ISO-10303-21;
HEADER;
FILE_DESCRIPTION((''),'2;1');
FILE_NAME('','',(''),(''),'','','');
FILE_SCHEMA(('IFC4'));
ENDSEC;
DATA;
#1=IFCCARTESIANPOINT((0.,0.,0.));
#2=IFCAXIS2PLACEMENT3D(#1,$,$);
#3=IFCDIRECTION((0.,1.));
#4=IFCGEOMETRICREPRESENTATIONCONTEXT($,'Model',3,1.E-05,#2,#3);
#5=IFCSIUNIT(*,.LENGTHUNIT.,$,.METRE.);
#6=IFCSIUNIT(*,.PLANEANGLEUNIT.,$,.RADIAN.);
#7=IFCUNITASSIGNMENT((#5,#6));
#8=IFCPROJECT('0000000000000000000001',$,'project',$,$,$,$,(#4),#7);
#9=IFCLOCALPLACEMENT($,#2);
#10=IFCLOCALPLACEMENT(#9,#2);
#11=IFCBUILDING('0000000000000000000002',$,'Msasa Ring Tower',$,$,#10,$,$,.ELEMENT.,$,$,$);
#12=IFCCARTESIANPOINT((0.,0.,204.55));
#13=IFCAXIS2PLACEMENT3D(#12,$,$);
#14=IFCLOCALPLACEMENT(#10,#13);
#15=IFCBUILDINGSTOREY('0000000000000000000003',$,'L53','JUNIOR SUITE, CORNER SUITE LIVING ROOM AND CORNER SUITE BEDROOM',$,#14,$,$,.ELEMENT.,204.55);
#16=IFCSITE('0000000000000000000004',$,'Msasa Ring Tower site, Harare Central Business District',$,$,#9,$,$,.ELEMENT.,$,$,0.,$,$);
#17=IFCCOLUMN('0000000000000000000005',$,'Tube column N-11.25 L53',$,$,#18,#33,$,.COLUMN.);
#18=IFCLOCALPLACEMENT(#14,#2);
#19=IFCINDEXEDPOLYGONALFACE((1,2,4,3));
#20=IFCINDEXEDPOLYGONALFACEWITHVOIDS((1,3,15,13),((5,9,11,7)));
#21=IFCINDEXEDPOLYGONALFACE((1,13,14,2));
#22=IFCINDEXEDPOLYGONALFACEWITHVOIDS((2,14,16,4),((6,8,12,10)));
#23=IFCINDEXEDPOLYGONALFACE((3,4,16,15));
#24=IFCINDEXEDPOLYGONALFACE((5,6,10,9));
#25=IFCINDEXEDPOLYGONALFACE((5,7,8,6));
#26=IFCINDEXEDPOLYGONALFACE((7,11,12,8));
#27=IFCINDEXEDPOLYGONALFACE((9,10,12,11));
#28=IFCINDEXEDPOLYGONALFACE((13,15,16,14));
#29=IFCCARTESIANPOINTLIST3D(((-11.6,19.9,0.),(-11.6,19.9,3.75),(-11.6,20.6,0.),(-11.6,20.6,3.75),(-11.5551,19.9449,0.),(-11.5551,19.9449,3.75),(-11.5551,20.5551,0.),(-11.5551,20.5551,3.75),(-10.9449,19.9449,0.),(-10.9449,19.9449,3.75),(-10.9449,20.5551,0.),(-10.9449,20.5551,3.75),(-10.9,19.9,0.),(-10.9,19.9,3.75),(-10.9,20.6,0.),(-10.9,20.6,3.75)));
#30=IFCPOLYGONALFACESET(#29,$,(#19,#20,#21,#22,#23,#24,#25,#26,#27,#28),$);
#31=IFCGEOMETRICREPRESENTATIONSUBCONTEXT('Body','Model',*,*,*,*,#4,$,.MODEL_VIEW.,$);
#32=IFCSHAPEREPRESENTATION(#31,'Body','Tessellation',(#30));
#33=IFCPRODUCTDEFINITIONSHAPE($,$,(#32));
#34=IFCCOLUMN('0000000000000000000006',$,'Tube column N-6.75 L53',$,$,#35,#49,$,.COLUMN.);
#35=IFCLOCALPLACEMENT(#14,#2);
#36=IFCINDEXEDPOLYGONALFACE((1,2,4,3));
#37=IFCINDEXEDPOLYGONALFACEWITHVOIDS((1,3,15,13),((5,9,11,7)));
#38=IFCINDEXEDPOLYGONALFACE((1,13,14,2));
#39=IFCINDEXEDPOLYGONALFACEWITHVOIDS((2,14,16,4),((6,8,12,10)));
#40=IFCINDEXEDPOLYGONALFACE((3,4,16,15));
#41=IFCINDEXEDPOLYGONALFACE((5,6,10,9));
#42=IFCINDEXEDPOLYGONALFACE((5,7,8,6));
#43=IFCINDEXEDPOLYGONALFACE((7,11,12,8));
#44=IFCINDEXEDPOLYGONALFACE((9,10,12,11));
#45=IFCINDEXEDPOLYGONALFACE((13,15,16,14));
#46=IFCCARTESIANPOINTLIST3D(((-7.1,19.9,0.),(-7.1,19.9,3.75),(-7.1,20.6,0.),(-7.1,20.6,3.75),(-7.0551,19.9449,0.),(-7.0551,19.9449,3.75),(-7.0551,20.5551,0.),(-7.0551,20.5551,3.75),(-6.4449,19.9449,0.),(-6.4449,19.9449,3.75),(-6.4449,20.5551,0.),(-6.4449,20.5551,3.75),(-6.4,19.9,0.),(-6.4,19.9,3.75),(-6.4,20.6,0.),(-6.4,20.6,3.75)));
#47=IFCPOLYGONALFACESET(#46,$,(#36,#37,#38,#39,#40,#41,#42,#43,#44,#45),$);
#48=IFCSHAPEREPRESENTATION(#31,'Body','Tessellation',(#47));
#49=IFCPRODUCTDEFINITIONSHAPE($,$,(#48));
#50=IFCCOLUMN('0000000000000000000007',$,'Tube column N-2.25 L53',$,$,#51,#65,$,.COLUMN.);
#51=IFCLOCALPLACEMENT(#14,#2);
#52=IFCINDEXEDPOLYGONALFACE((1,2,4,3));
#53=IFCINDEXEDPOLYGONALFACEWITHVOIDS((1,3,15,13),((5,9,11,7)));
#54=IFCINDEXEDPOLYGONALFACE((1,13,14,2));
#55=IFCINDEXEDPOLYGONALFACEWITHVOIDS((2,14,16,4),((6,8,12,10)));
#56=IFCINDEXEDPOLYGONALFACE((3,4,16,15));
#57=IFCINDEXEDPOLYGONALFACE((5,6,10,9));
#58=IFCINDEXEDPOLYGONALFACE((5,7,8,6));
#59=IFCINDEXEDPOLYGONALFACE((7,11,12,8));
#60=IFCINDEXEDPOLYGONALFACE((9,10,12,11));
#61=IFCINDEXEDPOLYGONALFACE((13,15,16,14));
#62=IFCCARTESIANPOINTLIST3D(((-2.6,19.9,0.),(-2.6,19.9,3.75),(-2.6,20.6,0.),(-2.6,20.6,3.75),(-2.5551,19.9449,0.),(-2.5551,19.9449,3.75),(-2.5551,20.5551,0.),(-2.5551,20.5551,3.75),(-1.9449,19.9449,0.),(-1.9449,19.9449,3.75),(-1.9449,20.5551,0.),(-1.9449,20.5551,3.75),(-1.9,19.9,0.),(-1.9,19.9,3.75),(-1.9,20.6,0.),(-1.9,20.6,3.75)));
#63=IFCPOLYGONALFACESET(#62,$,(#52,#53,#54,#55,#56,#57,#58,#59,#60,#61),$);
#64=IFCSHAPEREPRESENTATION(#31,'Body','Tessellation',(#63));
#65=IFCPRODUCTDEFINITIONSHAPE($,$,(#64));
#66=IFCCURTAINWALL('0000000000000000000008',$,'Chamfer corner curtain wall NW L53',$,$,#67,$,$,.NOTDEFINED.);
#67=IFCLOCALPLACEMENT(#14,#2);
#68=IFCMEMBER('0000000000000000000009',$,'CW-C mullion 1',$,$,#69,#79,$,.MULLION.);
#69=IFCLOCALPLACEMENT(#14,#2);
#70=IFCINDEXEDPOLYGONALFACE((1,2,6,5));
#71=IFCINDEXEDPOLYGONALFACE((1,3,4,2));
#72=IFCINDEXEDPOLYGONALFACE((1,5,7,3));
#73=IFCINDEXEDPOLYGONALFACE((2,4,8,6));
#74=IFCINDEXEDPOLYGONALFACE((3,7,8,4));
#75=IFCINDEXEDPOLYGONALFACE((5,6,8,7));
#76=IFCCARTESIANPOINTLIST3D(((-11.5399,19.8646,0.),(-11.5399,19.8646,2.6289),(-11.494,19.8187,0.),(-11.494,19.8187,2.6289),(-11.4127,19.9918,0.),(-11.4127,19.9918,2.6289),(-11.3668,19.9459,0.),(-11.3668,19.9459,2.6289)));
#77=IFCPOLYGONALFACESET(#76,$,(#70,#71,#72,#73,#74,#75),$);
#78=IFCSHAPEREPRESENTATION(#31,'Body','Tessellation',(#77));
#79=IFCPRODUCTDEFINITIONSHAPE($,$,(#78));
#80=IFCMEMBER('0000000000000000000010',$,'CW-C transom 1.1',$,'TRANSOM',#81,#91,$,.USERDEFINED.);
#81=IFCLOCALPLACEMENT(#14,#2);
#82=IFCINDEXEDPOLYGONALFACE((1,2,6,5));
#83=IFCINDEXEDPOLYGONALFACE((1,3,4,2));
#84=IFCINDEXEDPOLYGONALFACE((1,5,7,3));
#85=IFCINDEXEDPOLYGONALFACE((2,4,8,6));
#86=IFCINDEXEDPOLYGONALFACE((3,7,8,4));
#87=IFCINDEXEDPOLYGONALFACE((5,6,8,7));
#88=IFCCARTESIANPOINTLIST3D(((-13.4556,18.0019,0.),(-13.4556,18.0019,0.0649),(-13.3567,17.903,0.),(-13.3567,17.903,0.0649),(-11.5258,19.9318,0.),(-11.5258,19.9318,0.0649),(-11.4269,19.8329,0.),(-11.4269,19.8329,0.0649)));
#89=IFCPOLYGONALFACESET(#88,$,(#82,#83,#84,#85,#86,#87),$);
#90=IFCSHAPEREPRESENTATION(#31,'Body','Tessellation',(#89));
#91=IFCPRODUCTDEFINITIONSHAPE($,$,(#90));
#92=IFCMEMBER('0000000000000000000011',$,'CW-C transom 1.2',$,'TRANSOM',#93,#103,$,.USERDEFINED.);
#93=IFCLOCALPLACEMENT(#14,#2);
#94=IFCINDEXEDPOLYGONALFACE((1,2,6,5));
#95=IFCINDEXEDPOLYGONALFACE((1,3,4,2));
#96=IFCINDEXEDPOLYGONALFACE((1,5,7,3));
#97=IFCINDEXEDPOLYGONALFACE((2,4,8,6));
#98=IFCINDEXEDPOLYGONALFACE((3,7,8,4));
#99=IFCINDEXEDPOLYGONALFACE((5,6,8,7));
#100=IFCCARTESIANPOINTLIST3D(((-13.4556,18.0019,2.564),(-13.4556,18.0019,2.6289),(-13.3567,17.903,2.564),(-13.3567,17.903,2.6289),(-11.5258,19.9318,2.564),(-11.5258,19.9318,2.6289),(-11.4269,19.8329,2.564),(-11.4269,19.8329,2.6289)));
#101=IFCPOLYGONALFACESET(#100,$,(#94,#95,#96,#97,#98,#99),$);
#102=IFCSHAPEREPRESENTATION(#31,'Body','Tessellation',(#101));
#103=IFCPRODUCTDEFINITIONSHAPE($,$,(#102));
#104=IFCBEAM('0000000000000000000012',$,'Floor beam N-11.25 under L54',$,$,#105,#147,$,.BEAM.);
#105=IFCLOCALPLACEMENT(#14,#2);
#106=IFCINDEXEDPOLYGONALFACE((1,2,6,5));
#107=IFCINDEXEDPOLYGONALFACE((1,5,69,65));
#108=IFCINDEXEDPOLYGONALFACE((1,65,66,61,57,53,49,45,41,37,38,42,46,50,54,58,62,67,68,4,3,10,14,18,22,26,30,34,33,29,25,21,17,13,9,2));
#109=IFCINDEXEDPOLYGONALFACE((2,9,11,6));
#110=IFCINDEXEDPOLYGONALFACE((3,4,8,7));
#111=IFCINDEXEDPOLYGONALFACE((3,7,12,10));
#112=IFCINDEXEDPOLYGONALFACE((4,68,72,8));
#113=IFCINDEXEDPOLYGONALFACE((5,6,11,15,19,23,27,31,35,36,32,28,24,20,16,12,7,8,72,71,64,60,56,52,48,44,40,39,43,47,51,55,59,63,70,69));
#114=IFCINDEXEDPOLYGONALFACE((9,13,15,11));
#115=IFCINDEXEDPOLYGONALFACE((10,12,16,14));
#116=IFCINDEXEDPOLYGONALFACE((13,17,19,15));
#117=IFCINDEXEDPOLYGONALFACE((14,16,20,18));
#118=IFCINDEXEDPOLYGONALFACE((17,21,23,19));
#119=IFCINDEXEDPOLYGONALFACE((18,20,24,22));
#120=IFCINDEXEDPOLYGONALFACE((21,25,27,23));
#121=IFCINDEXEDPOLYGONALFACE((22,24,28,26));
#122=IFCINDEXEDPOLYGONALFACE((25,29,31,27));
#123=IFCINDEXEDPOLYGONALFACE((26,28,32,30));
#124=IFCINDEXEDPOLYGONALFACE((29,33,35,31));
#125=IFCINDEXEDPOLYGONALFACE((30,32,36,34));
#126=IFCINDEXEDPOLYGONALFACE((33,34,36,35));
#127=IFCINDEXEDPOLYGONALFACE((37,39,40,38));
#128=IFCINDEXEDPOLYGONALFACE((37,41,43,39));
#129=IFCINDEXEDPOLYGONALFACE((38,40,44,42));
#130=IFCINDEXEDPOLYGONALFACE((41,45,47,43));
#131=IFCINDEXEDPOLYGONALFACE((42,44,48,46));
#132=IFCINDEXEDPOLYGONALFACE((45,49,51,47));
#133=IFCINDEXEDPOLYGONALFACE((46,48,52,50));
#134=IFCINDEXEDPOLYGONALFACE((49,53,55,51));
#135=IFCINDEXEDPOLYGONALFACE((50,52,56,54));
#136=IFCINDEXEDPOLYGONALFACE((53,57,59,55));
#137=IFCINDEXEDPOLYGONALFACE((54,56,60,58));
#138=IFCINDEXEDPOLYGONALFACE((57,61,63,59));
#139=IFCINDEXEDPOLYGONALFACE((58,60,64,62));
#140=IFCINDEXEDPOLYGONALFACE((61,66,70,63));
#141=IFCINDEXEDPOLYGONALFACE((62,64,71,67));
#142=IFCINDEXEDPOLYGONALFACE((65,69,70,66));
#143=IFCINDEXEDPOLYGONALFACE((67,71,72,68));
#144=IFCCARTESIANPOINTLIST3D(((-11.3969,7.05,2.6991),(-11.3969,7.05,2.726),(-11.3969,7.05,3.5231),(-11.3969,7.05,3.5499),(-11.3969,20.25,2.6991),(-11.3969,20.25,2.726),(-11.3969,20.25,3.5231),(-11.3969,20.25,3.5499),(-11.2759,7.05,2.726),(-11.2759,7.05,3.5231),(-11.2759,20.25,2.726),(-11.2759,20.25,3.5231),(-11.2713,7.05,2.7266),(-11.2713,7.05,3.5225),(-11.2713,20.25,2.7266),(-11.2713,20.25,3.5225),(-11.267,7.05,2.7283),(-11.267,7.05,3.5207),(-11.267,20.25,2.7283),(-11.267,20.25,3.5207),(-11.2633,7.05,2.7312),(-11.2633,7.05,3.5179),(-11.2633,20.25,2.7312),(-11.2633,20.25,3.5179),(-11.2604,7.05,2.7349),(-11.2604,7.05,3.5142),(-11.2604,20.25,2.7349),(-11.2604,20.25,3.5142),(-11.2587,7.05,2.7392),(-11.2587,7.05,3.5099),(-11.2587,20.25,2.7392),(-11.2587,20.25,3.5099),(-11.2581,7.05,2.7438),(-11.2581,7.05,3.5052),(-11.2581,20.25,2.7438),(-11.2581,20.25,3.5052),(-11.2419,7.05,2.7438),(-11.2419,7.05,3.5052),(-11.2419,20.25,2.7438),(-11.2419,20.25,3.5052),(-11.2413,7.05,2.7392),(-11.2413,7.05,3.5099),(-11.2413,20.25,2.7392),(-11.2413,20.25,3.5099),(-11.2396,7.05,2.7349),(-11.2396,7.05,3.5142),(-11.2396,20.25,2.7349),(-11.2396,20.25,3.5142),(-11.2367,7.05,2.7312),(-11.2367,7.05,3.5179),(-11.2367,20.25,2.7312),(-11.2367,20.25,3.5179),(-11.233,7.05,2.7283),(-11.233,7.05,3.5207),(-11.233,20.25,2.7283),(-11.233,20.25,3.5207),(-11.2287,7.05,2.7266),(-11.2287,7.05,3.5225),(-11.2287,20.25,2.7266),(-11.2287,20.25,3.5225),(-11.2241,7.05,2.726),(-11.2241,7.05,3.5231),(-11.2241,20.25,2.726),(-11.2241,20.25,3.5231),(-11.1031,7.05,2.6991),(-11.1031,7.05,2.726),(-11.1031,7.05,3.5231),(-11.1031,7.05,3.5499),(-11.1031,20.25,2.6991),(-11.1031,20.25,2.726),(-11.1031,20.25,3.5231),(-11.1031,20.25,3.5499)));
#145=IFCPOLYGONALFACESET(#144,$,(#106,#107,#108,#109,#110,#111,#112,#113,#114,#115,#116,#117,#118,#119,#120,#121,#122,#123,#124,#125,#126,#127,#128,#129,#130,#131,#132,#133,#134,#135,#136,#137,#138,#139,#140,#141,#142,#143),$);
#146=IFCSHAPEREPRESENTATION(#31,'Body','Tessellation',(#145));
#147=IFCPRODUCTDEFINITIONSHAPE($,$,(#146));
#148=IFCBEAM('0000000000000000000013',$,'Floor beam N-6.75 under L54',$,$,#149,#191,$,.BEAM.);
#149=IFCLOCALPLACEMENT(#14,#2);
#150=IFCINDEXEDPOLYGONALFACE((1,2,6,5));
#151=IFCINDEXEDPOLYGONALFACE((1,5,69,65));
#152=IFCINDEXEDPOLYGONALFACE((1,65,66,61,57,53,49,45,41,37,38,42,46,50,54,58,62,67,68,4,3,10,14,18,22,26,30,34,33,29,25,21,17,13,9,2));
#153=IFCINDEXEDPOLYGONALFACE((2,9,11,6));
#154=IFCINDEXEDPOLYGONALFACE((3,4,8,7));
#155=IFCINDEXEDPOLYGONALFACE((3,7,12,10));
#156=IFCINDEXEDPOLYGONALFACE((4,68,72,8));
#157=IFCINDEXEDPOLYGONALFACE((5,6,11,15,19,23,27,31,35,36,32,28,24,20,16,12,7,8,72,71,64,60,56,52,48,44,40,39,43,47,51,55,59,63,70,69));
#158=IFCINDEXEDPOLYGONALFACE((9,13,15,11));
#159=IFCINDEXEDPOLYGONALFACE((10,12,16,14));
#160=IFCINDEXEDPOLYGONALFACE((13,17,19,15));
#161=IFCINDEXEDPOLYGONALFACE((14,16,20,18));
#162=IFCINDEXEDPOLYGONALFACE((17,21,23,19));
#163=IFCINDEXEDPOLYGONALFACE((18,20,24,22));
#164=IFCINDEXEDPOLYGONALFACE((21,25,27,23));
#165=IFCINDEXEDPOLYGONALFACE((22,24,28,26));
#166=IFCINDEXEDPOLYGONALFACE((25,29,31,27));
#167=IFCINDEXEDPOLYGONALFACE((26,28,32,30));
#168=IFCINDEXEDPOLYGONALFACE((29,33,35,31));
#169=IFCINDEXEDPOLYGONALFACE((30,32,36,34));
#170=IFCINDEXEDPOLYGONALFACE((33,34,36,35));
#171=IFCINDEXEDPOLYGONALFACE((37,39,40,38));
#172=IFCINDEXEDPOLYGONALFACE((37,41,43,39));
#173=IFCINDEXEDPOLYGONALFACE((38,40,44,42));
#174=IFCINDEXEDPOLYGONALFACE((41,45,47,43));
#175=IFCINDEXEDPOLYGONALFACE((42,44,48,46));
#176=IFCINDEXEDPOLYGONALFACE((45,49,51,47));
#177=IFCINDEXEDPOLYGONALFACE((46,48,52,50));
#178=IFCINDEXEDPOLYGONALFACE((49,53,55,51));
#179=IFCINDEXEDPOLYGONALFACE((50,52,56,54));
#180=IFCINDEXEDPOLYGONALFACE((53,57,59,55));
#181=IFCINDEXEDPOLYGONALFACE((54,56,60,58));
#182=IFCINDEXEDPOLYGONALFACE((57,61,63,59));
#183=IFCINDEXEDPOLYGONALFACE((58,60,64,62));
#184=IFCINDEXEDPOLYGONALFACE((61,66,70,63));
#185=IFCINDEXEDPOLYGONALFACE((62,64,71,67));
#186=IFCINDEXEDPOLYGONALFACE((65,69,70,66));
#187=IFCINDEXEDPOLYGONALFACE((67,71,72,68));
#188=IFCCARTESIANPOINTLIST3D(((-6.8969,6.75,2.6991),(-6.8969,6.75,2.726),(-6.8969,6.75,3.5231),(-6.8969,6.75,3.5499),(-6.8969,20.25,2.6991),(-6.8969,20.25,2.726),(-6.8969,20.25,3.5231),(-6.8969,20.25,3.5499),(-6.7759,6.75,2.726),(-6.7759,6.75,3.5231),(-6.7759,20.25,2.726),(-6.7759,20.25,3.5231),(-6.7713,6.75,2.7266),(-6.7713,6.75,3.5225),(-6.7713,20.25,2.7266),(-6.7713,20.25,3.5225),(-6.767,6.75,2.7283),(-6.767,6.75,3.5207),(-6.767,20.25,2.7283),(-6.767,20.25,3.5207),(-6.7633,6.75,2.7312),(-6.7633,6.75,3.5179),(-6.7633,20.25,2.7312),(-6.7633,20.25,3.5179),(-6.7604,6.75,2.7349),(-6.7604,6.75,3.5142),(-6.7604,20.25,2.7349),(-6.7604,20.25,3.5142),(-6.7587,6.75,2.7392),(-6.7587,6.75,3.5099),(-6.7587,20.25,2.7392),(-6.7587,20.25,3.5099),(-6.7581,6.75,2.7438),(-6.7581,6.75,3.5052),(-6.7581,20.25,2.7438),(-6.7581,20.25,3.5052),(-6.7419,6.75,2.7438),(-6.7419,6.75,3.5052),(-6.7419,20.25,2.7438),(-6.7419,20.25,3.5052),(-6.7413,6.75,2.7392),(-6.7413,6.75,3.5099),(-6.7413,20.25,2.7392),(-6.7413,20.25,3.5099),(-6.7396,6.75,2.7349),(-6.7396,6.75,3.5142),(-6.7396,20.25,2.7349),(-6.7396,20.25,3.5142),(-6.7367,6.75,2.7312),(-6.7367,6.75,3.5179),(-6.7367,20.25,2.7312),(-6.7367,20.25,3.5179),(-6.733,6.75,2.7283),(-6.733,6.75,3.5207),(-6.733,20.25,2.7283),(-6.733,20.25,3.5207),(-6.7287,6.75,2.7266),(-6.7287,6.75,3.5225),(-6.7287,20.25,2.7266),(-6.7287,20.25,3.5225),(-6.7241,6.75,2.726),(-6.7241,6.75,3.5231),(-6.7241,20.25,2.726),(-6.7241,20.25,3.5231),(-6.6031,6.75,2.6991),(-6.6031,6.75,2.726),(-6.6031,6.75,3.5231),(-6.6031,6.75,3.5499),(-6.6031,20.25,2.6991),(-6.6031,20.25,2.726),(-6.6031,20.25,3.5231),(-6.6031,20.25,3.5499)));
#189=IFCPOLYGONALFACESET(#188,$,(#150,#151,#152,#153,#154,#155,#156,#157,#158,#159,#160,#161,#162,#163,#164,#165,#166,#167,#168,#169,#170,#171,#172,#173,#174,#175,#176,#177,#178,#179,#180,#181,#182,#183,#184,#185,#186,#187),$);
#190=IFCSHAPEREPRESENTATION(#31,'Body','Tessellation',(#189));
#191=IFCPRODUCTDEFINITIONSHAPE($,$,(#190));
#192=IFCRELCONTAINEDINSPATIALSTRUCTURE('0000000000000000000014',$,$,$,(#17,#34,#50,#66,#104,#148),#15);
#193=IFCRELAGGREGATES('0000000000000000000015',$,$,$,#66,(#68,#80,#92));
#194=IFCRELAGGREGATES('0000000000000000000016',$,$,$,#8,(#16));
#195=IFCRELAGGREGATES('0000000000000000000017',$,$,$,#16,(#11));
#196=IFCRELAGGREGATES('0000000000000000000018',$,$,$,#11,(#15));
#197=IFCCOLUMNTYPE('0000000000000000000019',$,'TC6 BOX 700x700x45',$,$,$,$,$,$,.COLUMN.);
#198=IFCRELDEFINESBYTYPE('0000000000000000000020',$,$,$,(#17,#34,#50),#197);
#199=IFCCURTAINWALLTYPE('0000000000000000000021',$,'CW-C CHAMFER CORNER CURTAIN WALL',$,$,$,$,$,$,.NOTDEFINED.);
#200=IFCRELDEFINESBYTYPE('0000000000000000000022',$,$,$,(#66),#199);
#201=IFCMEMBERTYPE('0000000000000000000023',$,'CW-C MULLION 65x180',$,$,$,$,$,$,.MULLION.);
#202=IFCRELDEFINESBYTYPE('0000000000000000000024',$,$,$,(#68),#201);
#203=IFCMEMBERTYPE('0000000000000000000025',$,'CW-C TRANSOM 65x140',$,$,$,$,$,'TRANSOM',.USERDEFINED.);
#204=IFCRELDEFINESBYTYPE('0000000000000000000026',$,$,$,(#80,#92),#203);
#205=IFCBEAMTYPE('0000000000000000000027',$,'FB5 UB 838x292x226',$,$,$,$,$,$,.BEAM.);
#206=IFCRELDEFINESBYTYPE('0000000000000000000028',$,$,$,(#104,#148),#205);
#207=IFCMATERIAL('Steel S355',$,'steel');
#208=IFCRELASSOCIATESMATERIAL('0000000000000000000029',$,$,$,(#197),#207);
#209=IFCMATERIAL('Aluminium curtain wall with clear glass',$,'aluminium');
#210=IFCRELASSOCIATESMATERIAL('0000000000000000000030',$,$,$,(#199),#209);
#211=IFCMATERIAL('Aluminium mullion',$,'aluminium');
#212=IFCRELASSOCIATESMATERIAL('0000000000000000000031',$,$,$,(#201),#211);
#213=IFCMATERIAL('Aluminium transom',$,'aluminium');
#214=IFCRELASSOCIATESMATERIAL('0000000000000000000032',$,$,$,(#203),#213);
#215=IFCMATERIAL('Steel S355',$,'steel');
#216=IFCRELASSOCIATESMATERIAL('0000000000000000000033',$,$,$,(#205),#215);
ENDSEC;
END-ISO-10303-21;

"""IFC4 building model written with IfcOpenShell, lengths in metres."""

from ifc_helpers import new_model, si_unit, direction, frame, origin, origin_2d, place, context, subcontext, project, spatial, rectangle, hollow_rectangle, i_section, extrude, material, material_profile, profile_set, type_object, element, aggregate, save


model = new_model("IFC4")

# Units and contexts
model_context = context("Model", 3, precision=1e-05, world=origin(), true_north=direction((0.0, 1.0)))
body_context = subcontext(model_context, "Body", "Model", "MODEL_VIEW")
ifc_project = project(units=[si_unit("LENGTHUNIT", "METRE"), si_unit("PLANEANGLEUNIT", "RADIAN")], contexts=[model_context])

# Site, building, storey
site_placement = place(None, origin())
site = spatial("IfcSite", under=ifc_project, at=site_placement, Name="Msasa Ring Tower site, Harare Central Business District", CompositionType="ELEMENT", RefElevation=0.0)
building_placement = place(site_placement, origin())
building = spatial("IfcBuilding", under=site, at=building_placement, Name="Msasa Ring Tower", CompositionType="ELEMENT")
storey_placement = place(building_placement, frame((0.0, 0.0, 204.55)))
storey = spatial("IfcBuildingStorey", under=building, at=storey_placement, Name="L53", Description="JUNIOR SUITE, CORNER SUITE LIVING ROOM AND CORNER SUITE BEDROOM", CompositionType="ELEMENT", Elevation=204.55)

# Columns
ifc_material_1 = material(Name="Steel S355", Category="steel")
ifc_material_profile_1 = material_profile(ifc_material_1, hollow_rectangle(XDim=0.7, YDim=0.7, WallThickness=0.0449, at=origin_2d()), Name="BOX 700x700x45")
ifc_profile_set_1 = profile_set([ifc_material_profile_1], Name="Steel S355")
column_type = type_object("IfcColumnType", Name="TC6 BOX 700x700x45", PredefinedType="COLUMN", material=ifc_profile_set_1)
for number, where, z_axis, x_axis, name in (
    (1, (-11.25, 20.25, 0.0), (0.0, 0.0, 1.0), (0.0, 1.0, 0.0), "Tube column N-11.25 L53"),
    (2, (-6.75, 20.25, 0.0), (0.0, 0.0, 1.0), (0.0, 1.0, 0.0), "Tube column N-6.75 L53"),
    (3, (-2.25, 20.25, 0.0), (0.0, 0.0, 1.0), (0.0, 1.0, 0.0), "Tube column N-2.25 L53"),
):
    element("IfcColumn", number, at=place(storey_placement, frame(where, z_axis=z_axis, x_axis=x_axis)), inside=storey, type_object=column_type, Name=name, PredefinedType="COLUMN", context=body_context, shape_type="SweptSolid", body=[
        extrude(hollow_rectangle(XDim=0.7, YDim=0.7, WallThickness=0.0449, at=origin_2d()), origin(), (0.0, 0.0, 1.0), 3.75),
    ])

# Curtain wall, members
ifc_material_2 = material(Name="Aluminium curtain wall with clear glass", Category="aluminium")
curtain_wall_type = type_object("IfcCurtainWallType", Name="CW-C CHAMFER CORNER CURTAIN WALL", PredefinedType="NOTDEFINED", material=ifc_material_2)
curtain_wall_placement = place(storey_placement, origin())
curtain_wall = element("IfcCurtainWall", 4, at=curtain_wall_placement, inside=storey, type_object=curtain_wall_type, Name="Chamfer corner curtain wall NW L53", PredefinedType="NOTDEFINED")
ifc_material_3 = material(Name="Aluminium mullion", Category="aluminium")
ifc_material_profile_2 = material_profile(ifc_material_3, rectangle(XDim=0.0649, YDim=0.1799, at=origin_2d()), Name="AL 65x180")
ifc_profile_set_2 = profile_set([ifc_material_profile_2], Name="Aluminium mullion")
member_type_1 = type_object("IfcMemberType", Name="CW-C MULLION 65x180", PredefinedType="MULLION", material=ifc_profile_set_2)
member_1_placement = place(storey_placement, frame((-11.4534, 19.9053, 0.0), z_axis=(0.0, 0.0, 1.0), x_axis=(0.707107, -0.707107, 0.0)))
member_1 = element("IfcMember", 5, at=member_1_placement, type_object=member_type_1, Name="CW-C mullion 1", PredefinedType="MULLION", context=body_context, shape_type="SweptSolid", body=[
    extrude(rectangle(XDim=0.0649, YDim=0.1799, at=origin_2d()), origin(), (0.0, 0.0, 1.0), 2.6289),
])
ifc_material_4 = material(Name="Aluminium transom", Category="aluminium")
ifc_material_profile_3 = material_profile(ifc_material_4, rectangle(XDim=0.1399, YDim=0.0649, at=origin_2d()), Name="AL 65x140")
ifc_profile_set_3 = profile_set([ifc_material_profile_3], Name="Aluminium transom")
member_type_2 = type_object("IfcMemberType", Name="CW-C TRANSOM 65x140", ElementType="TRANSOM", PredefinedType="USERDEFINED", material=ifc_profile_set_3)
member_2_placement = place(storey_placement, frame((-11.4763, 19.8823, 0.0325), z_axis=(-0.707107, -0.707107, 0.0), x_axis=(0.707107, -0.707107, 0.0)))
member_2 = element("IfcMember", 6, at=member_2_placement, type_object=member_type_2, Name="CW-C transom 1.1", ObjectType="TRANSOM", PredefinedType="USERDEFINED", context=body_context, shape_type="SweptSolid", body=[
    extrude(rectangle(XDim=0.1399, YDim=0.0649, at=origin_2d()), origin(), (0.0, 0.0, 1.0), 2.7292),
])
member_3_placement = place(storey_placement, frame((-11.4763, 19.8823, 2.5964), z_axis=(-0.707107, -0.707107, 0.0), x_axis=(0.707107, -0.707107, 0.0)))
member_3 = element("IfcMember", 7, at=member_3_placement, type_object=member_type_2, Name="CW-C transom 1.2", ObjectType="TRANSOM", PredefinedType="USERDEFINED", context=body_context, shape_type="SweptSolid", body=[
    extrude(rectangle(XDim=0.1399, YDim=0.0649, at=origin_2d()), origin(), (0.0, 0.0, 1.0), 2.7292),
])
aggregate(curtain_wall, [member_1, member_2, member_3])

# Beams
ifc_material_5 = material(Name="Steel S355", Category="steel")
ifc_material_profile_4 = material_profile(ifc_material_5, i_section(OverallWidth=0.2937, OverallDepth=0.8508, WebThickness=0.0161, FlangeThickness=0.0269, FilletRadius=0.0178, at=origin_2d()), Name="UB 838x292x226")
ifc_profile_set_4 = profile_set([ifc_material_profile_4], Name="Steel S355")
beam_type_1 = type_object("IfcBeamType", Name="FB5 UB 838x292x226", PredefinedType="BEAM", material=ifc_profile_set_4)
beam_1_placement = place(storey_placement, frame((-11.25, 20.25, 3.1245), z_axis=(0.0, -1.0, 0.0), x_axis=(1.0, 0.0, 0.0)))
element("IfcBeam", 8, at=beam_1_placement, inside=storey, type_object=beam_type_1, Name="Floor beam N-11.25 under L54", PredefinedType="BEAM", context=body_context, shape_type="SweptSolid", body=[
    extrude(i_section(OverallWidth=0.2937, OverallDepth=0.8508, WebThickness=0.0161, FlangeThickness=0.0269, FilletRadius=0.0178, at=origin_2d()), origin(), (0.0, 0.0, 1.0), 13.2),
])
for number, where, z_axis, x_axis, name in (
    (9, (-6.75, 20.25, 3.1245), (0.0, -1.0, 0.0), (1.0, 0.0, 0.0), "Floor beam N-6.75 under L54"),
):
    element("IfcBeam", number, at=place(storey_placement, frame(where, z_axis=z_axis, x_axis=x_axis)), inside=storey, type_object=beam_type_1, Name=name, PredefinedType="BEAM", context=body_context, shape_type="SweptSolid", body=[
        extrude(i_section(OverallWidth=0.2937, OverallDepth=0.8508, WebThickness=0.0161, FlangeThickness=0.0269, FilletRadius=0.0178, at=origin_2d()), origin(), (0.0, 0.0, 1.0), 13.5),
    ])

save(model, "model.ifc")
